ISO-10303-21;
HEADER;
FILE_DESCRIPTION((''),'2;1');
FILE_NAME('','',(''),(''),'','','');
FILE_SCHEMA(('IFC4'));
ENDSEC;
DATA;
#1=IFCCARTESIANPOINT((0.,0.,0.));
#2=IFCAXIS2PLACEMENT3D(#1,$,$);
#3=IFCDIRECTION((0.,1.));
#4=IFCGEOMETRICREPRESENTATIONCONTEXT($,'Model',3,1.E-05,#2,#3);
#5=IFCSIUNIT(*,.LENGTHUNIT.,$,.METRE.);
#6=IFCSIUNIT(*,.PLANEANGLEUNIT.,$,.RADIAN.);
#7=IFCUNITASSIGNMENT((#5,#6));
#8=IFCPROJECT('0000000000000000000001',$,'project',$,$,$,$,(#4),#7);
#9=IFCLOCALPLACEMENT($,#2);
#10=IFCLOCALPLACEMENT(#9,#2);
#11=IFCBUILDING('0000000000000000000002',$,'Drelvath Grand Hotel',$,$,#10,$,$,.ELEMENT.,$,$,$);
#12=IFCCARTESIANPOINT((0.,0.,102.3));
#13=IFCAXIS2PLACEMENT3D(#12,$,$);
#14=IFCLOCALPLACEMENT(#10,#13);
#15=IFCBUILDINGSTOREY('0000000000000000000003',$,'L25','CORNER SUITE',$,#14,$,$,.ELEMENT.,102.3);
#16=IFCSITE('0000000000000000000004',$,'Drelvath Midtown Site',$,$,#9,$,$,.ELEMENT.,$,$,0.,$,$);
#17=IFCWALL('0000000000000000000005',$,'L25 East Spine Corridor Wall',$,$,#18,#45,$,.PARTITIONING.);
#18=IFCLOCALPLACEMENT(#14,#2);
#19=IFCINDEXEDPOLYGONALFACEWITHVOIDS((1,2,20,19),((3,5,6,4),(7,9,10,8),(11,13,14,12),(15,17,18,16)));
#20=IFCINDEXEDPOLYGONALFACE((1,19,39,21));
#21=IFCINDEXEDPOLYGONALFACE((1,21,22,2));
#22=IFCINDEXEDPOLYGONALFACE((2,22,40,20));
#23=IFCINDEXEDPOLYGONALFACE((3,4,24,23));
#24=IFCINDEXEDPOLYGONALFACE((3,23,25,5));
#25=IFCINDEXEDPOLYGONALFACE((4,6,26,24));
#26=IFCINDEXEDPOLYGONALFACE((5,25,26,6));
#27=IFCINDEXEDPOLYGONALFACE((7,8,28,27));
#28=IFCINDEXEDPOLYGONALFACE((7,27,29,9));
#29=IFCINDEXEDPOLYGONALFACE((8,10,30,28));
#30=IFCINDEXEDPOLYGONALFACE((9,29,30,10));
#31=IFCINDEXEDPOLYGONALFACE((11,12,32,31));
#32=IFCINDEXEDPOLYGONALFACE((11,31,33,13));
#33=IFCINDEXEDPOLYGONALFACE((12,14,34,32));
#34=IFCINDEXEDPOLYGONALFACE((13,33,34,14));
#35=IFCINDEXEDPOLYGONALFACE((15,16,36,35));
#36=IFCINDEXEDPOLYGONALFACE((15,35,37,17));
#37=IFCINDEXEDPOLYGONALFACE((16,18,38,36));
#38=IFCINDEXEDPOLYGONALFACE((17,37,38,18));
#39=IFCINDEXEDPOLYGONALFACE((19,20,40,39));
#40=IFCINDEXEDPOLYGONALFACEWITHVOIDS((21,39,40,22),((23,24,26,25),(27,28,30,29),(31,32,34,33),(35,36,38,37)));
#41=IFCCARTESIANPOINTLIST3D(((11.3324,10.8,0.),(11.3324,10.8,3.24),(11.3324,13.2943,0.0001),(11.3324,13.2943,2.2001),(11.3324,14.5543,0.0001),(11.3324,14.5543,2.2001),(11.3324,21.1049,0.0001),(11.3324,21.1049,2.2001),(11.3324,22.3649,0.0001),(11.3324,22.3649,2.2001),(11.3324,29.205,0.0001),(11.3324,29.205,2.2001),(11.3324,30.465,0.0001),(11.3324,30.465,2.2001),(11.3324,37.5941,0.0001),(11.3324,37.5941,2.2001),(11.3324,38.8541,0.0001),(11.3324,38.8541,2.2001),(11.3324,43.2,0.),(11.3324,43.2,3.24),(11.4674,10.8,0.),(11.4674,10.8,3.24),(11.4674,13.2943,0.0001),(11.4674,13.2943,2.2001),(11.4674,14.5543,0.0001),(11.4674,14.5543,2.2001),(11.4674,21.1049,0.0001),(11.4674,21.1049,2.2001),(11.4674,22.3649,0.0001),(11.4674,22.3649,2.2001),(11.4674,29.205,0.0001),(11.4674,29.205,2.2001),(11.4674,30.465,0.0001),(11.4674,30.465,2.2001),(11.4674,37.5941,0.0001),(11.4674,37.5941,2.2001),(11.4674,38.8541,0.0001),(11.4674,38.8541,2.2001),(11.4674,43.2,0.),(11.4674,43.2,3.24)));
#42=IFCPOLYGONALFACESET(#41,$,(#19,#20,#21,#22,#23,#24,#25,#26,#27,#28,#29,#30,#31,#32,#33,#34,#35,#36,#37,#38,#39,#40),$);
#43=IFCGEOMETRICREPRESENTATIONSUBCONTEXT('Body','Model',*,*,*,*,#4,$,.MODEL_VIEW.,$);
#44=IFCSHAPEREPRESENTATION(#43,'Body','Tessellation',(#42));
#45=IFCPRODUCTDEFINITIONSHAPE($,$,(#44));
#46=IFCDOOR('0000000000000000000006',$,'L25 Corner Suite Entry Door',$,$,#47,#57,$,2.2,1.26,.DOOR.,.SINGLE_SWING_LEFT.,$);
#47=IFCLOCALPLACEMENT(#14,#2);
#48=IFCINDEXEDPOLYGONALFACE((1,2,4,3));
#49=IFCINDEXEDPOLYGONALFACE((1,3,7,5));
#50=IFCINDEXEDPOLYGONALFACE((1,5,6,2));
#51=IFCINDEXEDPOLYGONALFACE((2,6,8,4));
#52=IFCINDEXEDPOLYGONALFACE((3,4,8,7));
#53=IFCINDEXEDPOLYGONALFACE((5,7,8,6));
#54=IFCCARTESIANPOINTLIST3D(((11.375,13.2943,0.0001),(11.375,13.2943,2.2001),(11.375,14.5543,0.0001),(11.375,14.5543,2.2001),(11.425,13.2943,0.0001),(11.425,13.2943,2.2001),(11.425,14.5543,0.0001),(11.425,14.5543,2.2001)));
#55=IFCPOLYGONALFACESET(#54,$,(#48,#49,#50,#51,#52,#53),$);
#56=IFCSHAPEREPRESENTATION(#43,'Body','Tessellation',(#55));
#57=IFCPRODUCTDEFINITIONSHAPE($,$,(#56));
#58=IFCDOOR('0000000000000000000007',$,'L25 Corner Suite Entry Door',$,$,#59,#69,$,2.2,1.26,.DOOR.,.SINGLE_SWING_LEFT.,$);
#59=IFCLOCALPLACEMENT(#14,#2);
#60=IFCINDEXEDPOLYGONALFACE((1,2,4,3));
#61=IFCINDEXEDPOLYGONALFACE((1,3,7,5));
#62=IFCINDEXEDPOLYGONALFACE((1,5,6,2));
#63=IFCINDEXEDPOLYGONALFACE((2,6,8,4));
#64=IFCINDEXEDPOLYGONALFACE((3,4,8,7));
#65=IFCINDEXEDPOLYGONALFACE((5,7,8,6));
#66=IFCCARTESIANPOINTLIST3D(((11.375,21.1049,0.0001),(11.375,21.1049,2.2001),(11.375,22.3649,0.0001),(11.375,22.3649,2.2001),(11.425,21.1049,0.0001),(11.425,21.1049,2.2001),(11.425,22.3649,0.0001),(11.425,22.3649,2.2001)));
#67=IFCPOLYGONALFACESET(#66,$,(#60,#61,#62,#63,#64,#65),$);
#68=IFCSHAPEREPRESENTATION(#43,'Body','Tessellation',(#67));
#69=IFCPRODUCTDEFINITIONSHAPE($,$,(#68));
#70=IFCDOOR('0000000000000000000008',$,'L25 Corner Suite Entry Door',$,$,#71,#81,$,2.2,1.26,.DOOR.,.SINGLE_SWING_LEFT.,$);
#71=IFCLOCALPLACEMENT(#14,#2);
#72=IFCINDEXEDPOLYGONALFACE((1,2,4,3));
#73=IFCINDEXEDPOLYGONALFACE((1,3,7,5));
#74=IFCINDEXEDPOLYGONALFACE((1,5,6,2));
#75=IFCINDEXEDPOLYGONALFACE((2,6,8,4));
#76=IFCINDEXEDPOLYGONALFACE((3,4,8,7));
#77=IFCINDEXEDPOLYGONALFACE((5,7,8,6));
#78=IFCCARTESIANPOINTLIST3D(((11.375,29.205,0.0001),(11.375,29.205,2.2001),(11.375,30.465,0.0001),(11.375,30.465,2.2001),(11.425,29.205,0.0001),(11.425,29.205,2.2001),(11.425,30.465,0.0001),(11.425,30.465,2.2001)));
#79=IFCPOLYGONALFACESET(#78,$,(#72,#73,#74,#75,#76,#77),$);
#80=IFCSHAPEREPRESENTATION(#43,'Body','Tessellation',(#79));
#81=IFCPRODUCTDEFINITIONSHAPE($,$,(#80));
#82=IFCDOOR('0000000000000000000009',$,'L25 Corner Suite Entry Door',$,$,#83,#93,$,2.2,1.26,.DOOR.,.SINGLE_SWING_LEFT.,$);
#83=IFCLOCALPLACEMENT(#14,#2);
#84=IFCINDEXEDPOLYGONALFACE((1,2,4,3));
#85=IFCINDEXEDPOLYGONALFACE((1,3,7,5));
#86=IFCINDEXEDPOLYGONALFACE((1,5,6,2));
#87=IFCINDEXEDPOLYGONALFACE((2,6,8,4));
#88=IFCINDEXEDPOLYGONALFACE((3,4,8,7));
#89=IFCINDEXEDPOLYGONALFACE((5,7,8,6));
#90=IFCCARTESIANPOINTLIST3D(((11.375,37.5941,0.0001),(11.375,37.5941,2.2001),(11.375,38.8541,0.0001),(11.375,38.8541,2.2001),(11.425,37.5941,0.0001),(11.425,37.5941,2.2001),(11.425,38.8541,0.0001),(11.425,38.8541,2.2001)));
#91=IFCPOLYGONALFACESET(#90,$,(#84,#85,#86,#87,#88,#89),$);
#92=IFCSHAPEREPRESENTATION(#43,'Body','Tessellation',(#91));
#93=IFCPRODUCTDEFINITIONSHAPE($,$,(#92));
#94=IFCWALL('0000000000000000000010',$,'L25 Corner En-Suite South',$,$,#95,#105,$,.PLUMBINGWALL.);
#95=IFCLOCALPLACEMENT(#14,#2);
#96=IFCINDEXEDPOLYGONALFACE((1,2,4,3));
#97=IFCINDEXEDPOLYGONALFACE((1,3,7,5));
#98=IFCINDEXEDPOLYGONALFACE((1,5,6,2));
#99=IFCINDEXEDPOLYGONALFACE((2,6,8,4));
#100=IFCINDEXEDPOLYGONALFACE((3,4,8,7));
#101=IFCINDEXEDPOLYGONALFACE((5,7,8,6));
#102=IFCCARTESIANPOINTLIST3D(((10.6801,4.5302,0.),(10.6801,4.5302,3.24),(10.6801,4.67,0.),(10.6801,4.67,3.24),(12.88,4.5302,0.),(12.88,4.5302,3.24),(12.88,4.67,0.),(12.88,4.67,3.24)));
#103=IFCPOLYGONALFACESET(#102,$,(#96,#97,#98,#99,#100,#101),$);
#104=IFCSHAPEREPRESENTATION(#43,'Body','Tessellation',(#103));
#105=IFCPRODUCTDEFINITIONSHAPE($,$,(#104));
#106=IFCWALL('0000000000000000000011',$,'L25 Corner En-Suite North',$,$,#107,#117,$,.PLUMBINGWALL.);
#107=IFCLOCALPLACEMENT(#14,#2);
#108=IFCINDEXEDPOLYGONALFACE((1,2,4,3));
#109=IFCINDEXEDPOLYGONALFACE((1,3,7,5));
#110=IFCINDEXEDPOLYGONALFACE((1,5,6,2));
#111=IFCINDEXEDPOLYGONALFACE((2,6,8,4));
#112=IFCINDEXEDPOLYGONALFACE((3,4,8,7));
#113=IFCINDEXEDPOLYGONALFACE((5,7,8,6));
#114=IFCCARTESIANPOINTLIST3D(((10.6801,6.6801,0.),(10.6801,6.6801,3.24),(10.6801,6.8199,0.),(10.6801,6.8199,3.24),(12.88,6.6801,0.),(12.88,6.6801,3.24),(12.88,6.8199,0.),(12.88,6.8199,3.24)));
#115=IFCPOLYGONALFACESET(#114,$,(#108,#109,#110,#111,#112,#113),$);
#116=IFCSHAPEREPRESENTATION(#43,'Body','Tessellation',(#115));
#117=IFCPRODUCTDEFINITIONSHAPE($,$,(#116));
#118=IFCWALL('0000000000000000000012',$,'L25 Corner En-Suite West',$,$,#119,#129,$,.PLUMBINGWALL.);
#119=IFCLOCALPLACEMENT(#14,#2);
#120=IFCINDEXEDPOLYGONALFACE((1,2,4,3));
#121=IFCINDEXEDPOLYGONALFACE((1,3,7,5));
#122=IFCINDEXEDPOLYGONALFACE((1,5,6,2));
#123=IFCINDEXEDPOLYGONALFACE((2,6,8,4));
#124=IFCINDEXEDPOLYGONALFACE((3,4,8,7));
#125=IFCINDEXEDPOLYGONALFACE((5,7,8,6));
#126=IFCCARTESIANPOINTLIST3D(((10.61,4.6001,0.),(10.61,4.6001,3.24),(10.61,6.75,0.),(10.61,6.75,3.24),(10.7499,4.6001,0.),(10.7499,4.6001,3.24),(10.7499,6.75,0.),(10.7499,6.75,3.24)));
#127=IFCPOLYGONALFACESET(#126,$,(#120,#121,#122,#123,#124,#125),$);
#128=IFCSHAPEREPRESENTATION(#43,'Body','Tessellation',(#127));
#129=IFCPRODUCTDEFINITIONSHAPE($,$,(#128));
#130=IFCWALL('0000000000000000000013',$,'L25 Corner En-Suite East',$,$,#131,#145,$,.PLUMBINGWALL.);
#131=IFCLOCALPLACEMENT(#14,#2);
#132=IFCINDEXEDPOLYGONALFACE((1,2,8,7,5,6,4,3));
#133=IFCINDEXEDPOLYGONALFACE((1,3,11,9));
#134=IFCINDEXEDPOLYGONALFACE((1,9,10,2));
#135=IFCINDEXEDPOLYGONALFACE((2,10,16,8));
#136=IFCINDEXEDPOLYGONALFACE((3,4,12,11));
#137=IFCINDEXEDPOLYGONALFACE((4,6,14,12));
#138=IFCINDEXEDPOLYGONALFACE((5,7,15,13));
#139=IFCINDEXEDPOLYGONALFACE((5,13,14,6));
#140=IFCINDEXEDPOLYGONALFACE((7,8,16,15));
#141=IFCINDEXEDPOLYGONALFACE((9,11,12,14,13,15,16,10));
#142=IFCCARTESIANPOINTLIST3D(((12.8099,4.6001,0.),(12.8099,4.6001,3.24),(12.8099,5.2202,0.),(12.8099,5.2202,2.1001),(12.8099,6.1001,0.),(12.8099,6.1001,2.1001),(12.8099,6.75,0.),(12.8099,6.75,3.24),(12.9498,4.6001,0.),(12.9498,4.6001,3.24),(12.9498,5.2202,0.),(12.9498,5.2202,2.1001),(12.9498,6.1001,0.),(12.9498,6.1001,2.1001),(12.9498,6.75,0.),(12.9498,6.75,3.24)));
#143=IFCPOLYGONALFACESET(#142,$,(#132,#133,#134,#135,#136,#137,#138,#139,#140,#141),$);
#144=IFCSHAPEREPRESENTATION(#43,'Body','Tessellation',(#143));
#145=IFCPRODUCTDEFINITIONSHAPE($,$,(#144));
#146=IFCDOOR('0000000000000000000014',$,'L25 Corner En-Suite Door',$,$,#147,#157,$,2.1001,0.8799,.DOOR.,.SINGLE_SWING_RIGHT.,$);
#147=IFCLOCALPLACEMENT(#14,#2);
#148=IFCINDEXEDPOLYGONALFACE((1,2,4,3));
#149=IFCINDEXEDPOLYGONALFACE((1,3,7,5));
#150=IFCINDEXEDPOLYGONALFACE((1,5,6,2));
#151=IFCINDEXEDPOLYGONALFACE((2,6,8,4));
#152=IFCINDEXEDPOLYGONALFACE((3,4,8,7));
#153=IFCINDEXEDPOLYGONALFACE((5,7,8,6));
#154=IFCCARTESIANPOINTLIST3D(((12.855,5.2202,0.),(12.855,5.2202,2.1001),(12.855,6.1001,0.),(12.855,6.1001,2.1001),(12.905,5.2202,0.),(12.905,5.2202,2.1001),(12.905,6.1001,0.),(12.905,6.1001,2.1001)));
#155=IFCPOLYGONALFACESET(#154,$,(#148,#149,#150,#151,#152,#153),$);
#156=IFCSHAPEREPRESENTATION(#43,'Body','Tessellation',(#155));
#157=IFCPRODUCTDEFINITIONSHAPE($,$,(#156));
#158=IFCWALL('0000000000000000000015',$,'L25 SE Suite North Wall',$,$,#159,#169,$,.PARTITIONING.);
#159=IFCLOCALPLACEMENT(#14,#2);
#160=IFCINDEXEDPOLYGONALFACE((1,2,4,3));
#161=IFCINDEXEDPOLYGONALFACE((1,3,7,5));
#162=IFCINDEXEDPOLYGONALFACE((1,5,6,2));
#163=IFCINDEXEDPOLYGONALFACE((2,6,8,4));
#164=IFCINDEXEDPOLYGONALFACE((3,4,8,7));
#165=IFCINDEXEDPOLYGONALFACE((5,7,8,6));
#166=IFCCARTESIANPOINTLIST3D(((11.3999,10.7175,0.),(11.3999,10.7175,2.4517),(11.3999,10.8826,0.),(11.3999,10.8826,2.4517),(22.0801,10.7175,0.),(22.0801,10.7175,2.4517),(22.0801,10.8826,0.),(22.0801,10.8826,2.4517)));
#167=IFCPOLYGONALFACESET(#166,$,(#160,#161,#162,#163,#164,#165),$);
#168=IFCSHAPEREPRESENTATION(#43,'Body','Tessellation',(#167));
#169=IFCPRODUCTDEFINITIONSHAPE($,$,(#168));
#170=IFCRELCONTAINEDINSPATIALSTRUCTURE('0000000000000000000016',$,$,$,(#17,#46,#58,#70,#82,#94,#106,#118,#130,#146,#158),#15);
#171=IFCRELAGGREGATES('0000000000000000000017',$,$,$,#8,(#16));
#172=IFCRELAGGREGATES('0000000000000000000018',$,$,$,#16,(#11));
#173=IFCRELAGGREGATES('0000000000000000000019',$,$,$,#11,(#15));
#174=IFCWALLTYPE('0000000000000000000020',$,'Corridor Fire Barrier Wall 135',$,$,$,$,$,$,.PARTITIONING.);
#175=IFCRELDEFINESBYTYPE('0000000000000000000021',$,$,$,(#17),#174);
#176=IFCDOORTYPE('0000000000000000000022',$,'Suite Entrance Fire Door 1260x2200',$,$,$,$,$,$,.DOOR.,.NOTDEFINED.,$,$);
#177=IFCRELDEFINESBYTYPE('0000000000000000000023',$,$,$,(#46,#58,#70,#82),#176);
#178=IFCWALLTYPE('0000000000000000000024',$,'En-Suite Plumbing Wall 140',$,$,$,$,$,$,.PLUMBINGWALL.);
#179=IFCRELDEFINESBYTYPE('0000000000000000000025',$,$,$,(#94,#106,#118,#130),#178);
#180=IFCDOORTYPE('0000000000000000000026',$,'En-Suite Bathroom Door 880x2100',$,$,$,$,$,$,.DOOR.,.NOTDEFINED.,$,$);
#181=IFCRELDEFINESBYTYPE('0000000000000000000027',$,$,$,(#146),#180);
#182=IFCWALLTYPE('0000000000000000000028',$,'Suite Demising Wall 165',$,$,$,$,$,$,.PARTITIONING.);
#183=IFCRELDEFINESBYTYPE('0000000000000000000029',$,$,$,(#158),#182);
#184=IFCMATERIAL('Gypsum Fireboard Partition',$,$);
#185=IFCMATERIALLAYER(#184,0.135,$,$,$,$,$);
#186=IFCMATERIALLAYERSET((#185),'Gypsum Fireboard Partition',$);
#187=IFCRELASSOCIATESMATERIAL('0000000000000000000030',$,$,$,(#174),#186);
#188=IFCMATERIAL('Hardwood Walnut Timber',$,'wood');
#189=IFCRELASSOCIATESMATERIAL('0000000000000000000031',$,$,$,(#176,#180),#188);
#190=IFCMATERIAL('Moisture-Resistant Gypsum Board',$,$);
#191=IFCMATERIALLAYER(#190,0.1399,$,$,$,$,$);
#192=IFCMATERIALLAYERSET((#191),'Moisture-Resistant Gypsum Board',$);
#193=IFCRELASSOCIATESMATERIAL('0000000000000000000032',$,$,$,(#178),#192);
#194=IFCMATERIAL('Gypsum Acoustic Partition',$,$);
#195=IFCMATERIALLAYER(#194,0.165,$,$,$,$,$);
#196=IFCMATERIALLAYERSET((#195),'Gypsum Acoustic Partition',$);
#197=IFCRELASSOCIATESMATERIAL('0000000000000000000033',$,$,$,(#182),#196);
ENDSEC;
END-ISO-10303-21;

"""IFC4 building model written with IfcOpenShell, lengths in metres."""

from ifc_helpers import new_model, si_unit, direction, frame, frame_2d, origin, place, context, subcontext, project, spatial, rectangle, extrude, material, layer, layer_set, type_object, element, fill, save


model = new_model("IFC4")

# Units and contexts
model_context = context("Model", 3, precision=1e-05, world=origin(), true_north=direction((0.0, 1.0)))
body_context = subcontext(model_context, "Body", "Model", "MODEL_VIEW")
ifc_project = project(units=[si_unit("LENGTHUNIT", "METRE"), si_unit("PLANEANGLEUNIT", "RADIAN")], contexts=[model_context])

# Site, building, storey
site_placement = place(None, origin())
site = spatial("IfcSite", under=ifc_project, at=site_placement, Name="Drelvath Midtown Site", CompositionType="ELEMENT", RefElevation=0.0)
building_placement = place(site_placement, origin())
building = spatial("IfcBuilding", under=site, at=building_placement, Name="Drelvath Grand Hotel", CompositionType="ELEMENT")
storey_placement = place(building_placement, frame((0.0, 0.0, 102.3)))
storey = spatial("IfcBuildingStorey", under=building, at=storey_placement, Name="L25", Description="CORNER SUITE", CompositionType="ELEMENT", Elevation=102.3)

# Shared definitions
ifc_material_1 = material(Name="Gypsum Fireboard Partition")
ifc_layer_1 = layer(ifc_material_1, 0.135)
ifc_layer_set_1 = layer_set([ifc_layer_1], Name="Gypsum Fireboard Partition")
wall_type_1 = type_object("IfcWallType", Name="Corridor Fire Barrier Wall 135", PredefinedType="PARTITIONING", material=ifc_layer_set_1)

# Wall, openings, doors
wall_1_placement = place(storey_placement, frame((11.3999, 10.8, 0.0), z_axis=(0.0, 0.0, 1.0), x_axis=(0.0, 1.0, 0.0)))
wall_1 = element("IfcWall", 1, at=wall_1_placement, inside=storey, type_object=wall_type_1, Name="L25 East Spine Corridor Wall", PredefinedType="PARTITIONING", context=body_context, shape_type="SweptSolid", body=[
    extrude(rectangle(XDim=32.3999, YDim=0.135, at=frame_2d((16.2, 0.0))), origin(), (0.0, 0.0, 1.0), 3.24),
])
opening_1_placement = place(wall_1_placement, frame((2.4944, 0.0, 0.0)))
opening_1 = element("IfcOpeningElement", 2, at=opening_1_placement, cuts=wall_1, PredefinedType="OPENING", context=body_context, shape_type="SweptSolid", body=[
    extrude(rectangle(XDim=1.26, YDim=2.2, at=frame_2d((0.6299, 1.1001))), frame((0.0, 0.0774, 0.0), z_axis=(0.0, -1.0, 0.0), x_axis=(1.0, 0.0, 0.0)), (0.0, 0.0, 1.0), 0.155),
])
opening_2_placement = place(wall_1_placement, frame((10.3049, 0.0, 0.0)))
opening_2 = element("IfcOpeningElement", 3, at=opening_2_placement, cuts=wall_1, PredefinedType="OPENING", context=body_context, shape_type="SweptSolid", body=[
    extrude(rectangle(XDim=1.26, YDim=2.2, at=frame_2d((0.6299, 1.1001))), frame((0.0, 0.0774, 0.0), z_axis=(0.0, -1.0, 0.0), x_axis=(1.0, 0.0, 0.0)), (0.0, 0.0, 1.0), 0.155),
])
opening_3_placement = place(wall_1_placement, frame((18.405, 0.0, 0.0)))
opening_3 = element("IfcOpeningElement", 4, at=opening_3_placement, cuts=wall_1, PredefinedType="OPENING", context=body_context, shape_type="SweptSolid", body=[
    extrude(rectangle(XDim=1.26, YDim=2.2, at=frame_2d((0.6299, 1.1001))), frame((0.0, 0.0774, 0.0), z_axis=(0.0, -1.0, 0.0), x_axis=(1.0, 0.0, 0.0)), (0.0, 0.0, 1.0), 0.155),
])
opening_4_placement = place(wall_1_placement, frame((26.7942, 0.0, 0.0)))
opening_4 = element("IfcOpeningElement", 5, at=opening_4_placement, cuts=wall_1, PredefinedType="OPENING", context=body_context, shape_type="SweptSolid", body=[
    extrude(rectangle(XDim=1.26, YDim=2.2, at=frame_2d((0.6299, 1.1001))), frame((0.0, 0.0774, 0.0), z_axis=(0.0, -1.0, 0.0), x_axis=(1.0, 0.0, 0.0)), (0.0, 0.0, 1.0), 0.155),
])
ifc_material_2 = material(Name="Hardwood Walnut Timber", Category="wood")
door_type_1 = type_object("IfcDoorType", Name="Suite Entrance Fire Door 1260x2200", OperationType="NOTDEFINED", PredefinedType="DOOR", material=ifc_material_2)
door_1_placement = place(opening_1_placement, origin())
door_1 = element("IfcDoor", 6, at=door_1_placement, inside=storey, type_object=door_type_1, Name="L25 Corner Suite Entry Door", OperationType="SINGLE_SWING_LEFT", OverallHeight=2.2, OverallWidth=1.26, PredefinedType="DOOR", context=body_context, shape_type="SweptSolid", body=[
    extrude(rectangle(XDim=1.26, YDim=2.2, at=frame_2d((0.6299, 1.1001))), frame((0.0, 0.0249, 0.0), z_axis=(0.0, -1.0, 0.0), x_axis=(1.0, 0.0, 0.0)), (0.0, 0.0, 1.0), 0.05),
])
fill(opening_1, door_1)
door_2_placement = place(opening_2_placement, origin())
door_2 = element("IfcDoor", 7, at=door_2_placement, inside=storey, type_object=door_type_1, Name="L25 Corner Suite Entry Door", OperationType="SINGLE_SWING_LEFT", OverallHeight=2.2, OverallWidth=1.26, PredefinedType="DOOR", context=body_context, shape_type="SweptSolid", body=[
    extrude(rectangle(XDim=1.26, YDim=2.2, at=frame_2d((0.6299, 1.1001))), frame((0.0, 0.0249, 0.0), z_axis=(0.0, -1.0, 0.0), x_axis=(1.0, 0.0, 0.0)), (0.0, 0.0, 1.0), 0.05),
])
fill(opening_2, door_2)
door_3_placement = place(opening_3_placement, origin())
door_3 = element("IfcDoor", 8, at=door_3_placement, inside=storey, type_object=door_type_1, Name="L25 Corner Suite Entry Door", OperationType="SINGLE_SWING_LEFT", OverallHeight=2.2, OverallWidth=1.26, PredefinedType="DOOR", context=body_context, shape_type="SweptSolid", body=[
    extrude(rectangle(XDim=1.26, YDim=2.2, at=frame_2d((0.6299, 1.1001))), frame((0.0, 0.0249, 0.0), z_axis=(0.0, -1.0, 0.0), x_axis=(1.0, 0.0, 0.0)), (0.0, 0.0, 1.0), 0.05),
])
fill(opening_3, door_3)
door_4_placement = place(opening_4_placement, origin())
door_4 = element("IfcDoor", 9, at=door_4_placement, inside=storey, type_object=door_type_1, Name="L25 Corner Suite Entry Door", OperationType="SINGLE_SWING_LEFT", OverallHeight=2.2, OverallWidth=1.26, PredefinedType="DOOR", context=body_context, shape_type="SweptSolid", body=[
    extrude(rectangle(XDim=1.26, YDim=2.2, at=frame_2d((0.6299, 1.1001))), frame((0.0, 0.0249, 0.0), z_axis=(0.0, -1.0, 0.0), x_axis=(1.0, 0.0, 0.0)), (0.0, 0.0, 1.0), 0.05),
])
fill(opening_4, door_4)

# Walls
ifc_material_3 = material(Name="Moisture-Resistant Gypsum Board")
ifc_layer_2 = layer(ifc_material_3, 0.1399)
ifc_layer_set_2 = layer_set([ifc_layer_2], Name="Moisture-Resistant Gypsum Board")
wall_type_2 = type_object("IfcWallType", Name="En-Suite Plumbing Wall 140", PredefinedType="PLUMBINGWALL", material=ifc_layer_set_2)
for number, where, z_axis, x_axis, name in (
    (10, (10.6799, 4.6001, 0.0), (0.0, 0.0, 1.0), (1.0, 0.0, 0.0), "L25 Corner En-Suite South"),
    (11, (10.6799, 6.75, 0.0), (0.0, 0.0, 1.0), (1.0, 0.0, 0.0), "L25 Corner En-Suite North"),
):
    element("IfcWall", number, at=place(storey_placement, frame(where, z_axis=z_axis, x_axis=x_axis)), inside=storey, type_object=wall_type_2, Name=name, PredefinedType="PLUMBINGWALL", context=body_context, shape_type="SweptSolid", body=[
        extrude(rectangle(XDim=2.2, YDim=0.1399, at=frame_2d((1.1001, 0.0))), origin(), (0.0, 0.0, 1.0), 3.24),
    ])
wall_2_placement = place(storey_placement, frame((10.6799, 4.6001, 0.0), z_axis=(0.0, 0.0, 1.0), x_axis=(0.0, 1.0, 0.0)))
element("IfcWall", 12, at=wall_2_placement, inside=storey, type_object=wall_type_2, Name="L25 Corner En-Suite West", PredefinedType="PLUMBINGWALL", context=body_context, shape_type="SweptSolid", body=[
    extrude(rectangle(XDim=2.1499, YDim=0.1399, at=frame_2d((1.075, 0.0))), origin(), (0.0, 0.0, 1.0), 3.24),
])

# Wall, opening, door
wall_3_placement = place(storey_placement, frame((12.8799, 4.6001, 0.0), z_axis=(0.0, 0.0, 1.0), x_axis=(0.0, 1.0, 0.0)))
wall_3 = element("IfcWall", 13, at=wall_3_placement, inside=storey, type_object=wall_type_2, Name="L25 Corner En-Suite East", PredefinedType="PLUMBINGWALL", context=body_context, shape_type="SweptSolid", body=[
    extrude(rectangle(XDim=2.1499, YDim=0.1399, at=frame_2d((1.075, 0.0))), origin(), (0.0, 0.0, 1.0), 3.24),
])
opening_5_placement = place(wall_3_placement, frame((0.6201, 0.0, 0.0)))
opening_5 = element("IfcOpeningElement", 14, at=opening_5_placement, cuts=wall_3, PredefinedType="OPENING", context=body_context, shape_type="SweptSolid", body=[
    extrude(rectangle(XDim=0.8799, YDim=2.1001, at=frame_2d((0.4399, 1.05))), frame((0.0, 0.0798, 0.0), z_axis=(0.0, -1.0, 0.0), x_axis=(1.0, 0.0, 0.0)), (0.0, 0.0, 1.0), 0.1599),
])
door_type_2 = type_object("IfcDoorType", Name="En-Suite Bathroom Door 880x2100", OperationType="NOTDEFINED", PredefinedType="DOOR", material=ifc_material_2)
door_5_placement = place(opening_5_placement, origin())
door_5 = element("IfcDoor", 15, at=door_5_placement, inside=storey, type_object=door_type_2, Name="L25 Corner En-Suite Door", OperationType="SINGLE_SWING_RIGHT", OverallHeight=2.1001, OverallWidth=0.8799, PredefinedType="DOOR", context=body_context, shape_type="SweptSolid", body=[
    extrude(rectangle(XDim=0.8799, YDim=2.1001, at=frame_2d((0.4399, 1.05))), frame((0.0, 0.0249, 0.0), z_axis=(0.0, -1.0, 0.0), x_axis=(1.0, 0.0, 0.0)), (0.0, 0.0, 1.0), 0.05),
])
fill(opening_5, door_5)

# Wall
ifc_material_4 = material(Name="Gypsum Acoustic Partition")
ifc_layer_3 = layer(ifc_material_4, 0.165)
ifc_layer_set_3 = layer_set([ifc_layer_3], Name="Gypsum Acoustic Partition")
wall_type_3 = type_object("IfcWallType", Name="Suite Demising Wall 165", PredefinedType="PARTITIONING", material=ifc_layer_set_3)
wall_4_placement = place(storey_placement, frame((11.3999, 10.8, 0.0), z_axis=(0.0, 0.0, 1.0), x_axis=(1.0, 0.0, 0.0)))
element("IfcWall", 16, at=wall_4_placement, inside=storey, type_object=wall_type_3, Name="L25 SE Suite North Wall", PredefinedType="PARTITIONING", context=body_context, shape_type="SweptSolid", body=[
    extrude(rectangle(XDim=10.6802, YDim=0.165, at=frame_2d((5.3401, 0.0))), origin(), (0.0, 0.0, 1.0), 2.4517),
])

save(model, "model.ifc")
